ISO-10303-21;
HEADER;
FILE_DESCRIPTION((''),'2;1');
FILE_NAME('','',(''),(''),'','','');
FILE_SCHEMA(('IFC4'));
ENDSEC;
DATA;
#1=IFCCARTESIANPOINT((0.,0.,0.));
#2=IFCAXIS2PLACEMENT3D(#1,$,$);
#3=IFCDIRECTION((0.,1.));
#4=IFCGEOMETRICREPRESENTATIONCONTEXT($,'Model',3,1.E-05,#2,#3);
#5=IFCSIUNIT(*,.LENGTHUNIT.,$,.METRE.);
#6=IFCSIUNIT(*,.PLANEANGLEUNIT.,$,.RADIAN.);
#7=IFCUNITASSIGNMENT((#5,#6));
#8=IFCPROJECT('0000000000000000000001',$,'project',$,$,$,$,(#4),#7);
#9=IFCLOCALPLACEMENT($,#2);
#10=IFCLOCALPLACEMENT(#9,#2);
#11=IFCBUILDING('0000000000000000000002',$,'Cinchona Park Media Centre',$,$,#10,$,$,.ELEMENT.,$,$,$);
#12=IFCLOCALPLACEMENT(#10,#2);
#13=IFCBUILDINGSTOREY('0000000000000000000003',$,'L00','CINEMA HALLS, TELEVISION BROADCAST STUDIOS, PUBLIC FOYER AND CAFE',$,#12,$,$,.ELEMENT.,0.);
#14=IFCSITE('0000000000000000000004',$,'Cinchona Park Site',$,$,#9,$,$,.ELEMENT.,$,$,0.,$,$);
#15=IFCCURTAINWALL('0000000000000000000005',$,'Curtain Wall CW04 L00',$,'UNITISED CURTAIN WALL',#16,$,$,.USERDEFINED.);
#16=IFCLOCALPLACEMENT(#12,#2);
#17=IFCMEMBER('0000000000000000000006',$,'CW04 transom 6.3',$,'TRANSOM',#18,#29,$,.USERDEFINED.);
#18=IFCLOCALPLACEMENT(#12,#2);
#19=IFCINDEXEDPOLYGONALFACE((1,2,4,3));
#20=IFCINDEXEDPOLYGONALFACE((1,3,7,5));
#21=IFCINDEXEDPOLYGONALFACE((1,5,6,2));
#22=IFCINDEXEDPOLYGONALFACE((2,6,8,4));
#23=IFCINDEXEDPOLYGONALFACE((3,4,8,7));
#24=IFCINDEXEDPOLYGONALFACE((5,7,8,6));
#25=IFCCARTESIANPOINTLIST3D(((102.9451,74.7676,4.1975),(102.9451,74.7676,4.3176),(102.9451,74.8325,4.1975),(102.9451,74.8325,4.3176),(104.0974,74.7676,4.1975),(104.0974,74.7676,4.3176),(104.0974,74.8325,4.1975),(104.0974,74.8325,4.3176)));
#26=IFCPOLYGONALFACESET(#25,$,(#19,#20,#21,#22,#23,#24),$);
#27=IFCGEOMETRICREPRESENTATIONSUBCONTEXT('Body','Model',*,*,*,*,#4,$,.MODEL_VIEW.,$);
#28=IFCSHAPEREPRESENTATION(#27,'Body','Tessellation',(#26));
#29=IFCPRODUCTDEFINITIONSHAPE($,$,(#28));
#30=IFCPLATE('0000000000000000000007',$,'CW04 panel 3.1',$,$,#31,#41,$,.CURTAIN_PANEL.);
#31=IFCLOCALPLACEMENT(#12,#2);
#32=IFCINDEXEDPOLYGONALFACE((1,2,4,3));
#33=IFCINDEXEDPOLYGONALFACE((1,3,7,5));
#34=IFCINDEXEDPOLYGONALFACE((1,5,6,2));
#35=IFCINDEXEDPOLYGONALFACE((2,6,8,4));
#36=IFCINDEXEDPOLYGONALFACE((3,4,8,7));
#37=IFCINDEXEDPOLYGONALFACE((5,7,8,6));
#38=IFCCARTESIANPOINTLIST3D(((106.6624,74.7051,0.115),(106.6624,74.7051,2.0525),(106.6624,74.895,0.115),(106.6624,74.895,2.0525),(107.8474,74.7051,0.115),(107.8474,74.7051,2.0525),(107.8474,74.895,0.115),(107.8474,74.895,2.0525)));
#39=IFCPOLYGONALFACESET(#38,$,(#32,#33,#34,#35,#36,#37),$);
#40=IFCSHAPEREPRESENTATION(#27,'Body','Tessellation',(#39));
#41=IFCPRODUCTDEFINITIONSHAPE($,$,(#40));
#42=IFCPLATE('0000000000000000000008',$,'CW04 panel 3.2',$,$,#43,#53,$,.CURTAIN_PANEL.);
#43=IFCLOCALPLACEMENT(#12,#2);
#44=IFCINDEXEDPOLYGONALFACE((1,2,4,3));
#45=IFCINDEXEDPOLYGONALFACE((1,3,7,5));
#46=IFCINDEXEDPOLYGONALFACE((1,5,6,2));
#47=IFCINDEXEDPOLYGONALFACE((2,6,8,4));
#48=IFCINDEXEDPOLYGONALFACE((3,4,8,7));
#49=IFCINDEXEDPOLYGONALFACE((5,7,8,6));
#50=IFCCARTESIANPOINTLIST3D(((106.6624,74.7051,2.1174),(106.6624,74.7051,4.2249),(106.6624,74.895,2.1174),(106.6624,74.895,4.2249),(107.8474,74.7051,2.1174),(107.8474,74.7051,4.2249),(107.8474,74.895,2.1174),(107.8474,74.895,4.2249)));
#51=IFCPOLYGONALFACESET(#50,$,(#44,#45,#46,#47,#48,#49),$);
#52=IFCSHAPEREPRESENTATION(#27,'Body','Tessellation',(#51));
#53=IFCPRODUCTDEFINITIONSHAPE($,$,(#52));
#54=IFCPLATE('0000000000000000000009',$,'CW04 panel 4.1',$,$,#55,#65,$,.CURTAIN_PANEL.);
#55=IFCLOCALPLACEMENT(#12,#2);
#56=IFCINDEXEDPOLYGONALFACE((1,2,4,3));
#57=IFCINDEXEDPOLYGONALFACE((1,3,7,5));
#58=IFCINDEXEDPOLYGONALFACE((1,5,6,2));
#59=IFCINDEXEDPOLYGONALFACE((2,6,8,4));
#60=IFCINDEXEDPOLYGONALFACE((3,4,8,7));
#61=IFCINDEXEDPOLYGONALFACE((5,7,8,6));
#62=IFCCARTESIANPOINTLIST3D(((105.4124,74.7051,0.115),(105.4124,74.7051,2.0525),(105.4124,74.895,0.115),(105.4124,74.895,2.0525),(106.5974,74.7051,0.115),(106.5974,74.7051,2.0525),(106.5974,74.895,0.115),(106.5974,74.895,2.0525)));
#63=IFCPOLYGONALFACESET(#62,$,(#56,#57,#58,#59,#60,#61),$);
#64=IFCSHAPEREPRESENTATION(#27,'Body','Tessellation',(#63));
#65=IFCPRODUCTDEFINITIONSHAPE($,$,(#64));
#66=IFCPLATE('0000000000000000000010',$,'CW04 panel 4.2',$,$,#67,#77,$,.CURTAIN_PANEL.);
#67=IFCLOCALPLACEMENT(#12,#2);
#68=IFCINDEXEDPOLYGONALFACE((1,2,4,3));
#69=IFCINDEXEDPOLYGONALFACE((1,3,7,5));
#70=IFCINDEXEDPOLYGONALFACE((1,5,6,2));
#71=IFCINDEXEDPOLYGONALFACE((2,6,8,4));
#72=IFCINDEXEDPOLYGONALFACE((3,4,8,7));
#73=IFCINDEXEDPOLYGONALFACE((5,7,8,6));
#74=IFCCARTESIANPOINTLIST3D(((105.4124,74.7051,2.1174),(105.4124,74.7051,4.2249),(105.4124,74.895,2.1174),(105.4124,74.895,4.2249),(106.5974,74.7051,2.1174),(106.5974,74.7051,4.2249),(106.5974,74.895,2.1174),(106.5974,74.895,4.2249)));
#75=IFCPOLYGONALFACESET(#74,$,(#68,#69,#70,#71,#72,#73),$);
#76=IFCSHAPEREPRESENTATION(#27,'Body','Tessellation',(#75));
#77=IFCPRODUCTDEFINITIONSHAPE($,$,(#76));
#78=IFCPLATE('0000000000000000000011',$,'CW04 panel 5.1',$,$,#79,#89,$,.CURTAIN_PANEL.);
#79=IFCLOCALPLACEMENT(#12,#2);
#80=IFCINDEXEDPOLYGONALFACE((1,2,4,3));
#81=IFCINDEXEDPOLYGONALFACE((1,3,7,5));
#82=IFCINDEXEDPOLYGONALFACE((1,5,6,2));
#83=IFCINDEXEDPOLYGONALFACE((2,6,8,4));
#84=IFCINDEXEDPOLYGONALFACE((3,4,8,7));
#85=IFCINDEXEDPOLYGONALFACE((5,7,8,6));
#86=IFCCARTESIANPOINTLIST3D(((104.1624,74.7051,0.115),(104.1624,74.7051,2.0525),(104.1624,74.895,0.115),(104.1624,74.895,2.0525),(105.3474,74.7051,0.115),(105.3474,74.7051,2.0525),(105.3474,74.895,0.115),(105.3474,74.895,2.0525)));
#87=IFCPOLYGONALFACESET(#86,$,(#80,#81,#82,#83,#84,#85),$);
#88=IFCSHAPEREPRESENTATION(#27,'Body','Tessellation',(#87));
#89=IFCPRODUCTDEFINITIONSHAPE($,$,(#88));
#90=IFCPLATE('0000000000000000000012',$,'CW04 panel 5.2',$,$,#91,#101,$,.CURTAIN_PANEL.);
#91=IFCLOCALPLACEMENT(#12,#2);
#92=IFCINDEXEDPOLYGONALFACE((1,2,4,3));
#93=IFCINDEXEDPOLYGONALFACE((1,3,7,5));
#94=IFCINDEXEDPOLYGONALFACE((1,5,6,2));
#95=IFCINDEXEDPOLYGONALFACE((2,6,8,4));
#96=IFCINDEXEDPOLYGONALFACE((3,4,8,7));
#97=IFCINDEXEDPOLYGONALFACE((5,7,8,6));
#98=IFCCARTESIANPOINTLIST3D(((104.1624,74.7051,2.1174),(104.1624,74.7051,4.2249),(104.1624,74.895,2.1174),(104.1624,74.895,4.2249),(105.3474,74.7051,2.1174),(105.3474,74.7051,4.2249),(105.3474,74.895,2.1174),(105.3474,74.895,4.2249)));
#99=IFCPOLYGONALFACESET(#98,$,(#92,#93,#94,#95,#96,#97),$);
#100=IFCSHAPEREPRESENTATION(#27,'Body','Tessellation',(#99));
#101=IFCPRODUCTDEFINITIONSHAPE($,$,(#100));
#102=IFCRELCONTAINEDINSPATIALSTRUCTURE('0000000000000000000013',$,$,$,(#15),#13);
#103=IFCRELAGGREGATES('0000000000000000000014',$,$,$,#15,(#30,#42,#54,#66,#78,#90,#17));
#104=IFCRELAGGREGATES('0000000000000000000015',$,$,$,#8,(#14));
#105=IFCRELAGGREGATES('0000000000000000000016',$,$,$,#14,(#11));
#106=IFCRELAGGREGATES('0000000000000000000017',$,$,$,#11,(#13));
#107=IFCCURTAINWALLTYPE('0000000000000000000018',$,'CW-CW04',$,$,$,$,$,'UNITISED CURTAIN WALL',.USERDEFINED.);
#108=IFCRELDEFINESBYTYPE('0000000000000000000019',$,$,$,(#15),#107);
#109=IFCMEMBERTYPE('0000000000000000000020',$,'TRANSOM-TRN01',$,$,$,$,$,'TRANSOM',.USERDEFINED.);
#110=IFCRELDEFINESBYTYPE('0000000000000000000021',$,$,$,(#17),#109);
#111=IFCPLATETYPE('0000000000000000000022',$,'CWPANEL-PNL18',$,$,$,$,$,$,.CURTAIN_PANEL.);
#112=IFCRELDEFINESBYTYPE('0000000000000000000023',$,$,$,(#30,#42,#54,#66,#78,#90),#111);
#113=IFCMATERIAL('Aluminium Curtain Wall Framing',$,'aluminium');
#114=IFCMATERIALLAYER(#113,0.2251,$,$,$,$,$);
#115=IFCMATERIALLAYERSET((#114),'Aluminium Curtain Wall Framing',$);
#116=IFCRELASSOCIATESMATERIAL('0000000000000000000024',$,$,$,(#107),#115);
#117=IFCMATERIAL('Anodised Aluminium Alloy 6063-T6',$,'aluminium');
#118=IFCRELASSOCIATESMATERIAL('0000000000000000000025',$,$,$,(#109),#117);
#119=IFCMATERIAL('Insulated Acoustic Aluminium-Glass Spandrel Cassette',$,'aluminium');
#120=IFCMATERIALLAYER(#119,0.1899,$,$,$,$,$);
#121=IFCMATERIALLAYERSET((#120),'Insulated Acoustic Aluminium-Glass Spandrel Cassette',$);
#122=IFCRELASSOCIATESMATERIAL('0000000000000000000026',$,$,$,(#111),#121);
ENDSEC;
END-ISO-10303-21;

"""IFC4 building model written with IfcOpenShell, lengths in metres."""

from ifc_helpers import new_model, si_unit, direction, frame, origin, origin_2d, place, context, subcontext, project, spatial, rectangle, extrude, material, layer, layer_set, material_profile, profile_set, type_object, element, aggregate, save


model = new_model("IFC4")

# Units and contexts
model_context = context("Model", 3, precision=1e-05, world=origin(), true_north=direction((0.0, 1.0)))
body_context = subcontext(model_context, "Body", "Model", "MODEL_VIEW")
ifc_project = project(units=[si_unit("LENGTHUNIT", "METRE"), si_unit("PLANEANGLEUNIT", "RADIAN")], contexts=[model_context])

# Site, building, storey
site_placement = place(None, origin())
site = spatial("IfcSite", under=ifc_project, at=site_placement, Name="Cinchona Park Site", CompositionType="ELEMENT", RefElevation=0.0)
building_placement = place(site_placement, origin())
building = spatial("IfcBuilding", under=site, at=building_placement, Name="Cinchona Park Media Centre", CompositionType="ELEMENT")
storey_placement = place(building_placement, origin())
storey = spatial("IfcBuildingStorey", under=building, at=storey_placement, Name="L00", Description="CINEMA HALLS, TELEVISION BROADCAST STUDIOS, PUBLIC FOYER AND CAFE", CompositionType="ELEMENT", Elevation=0.0)

# Curtain wall, member, plates
ifc_material_1 = material(Name="Aluminium Curtain Wall Framing", Category="aluminium")
ifc_layer_1 = layer(ifc_material_1, 0.2251)
ifc_layer_set_1 = layer_set([ifc_layer_1], Name="Aluminium Curtain Wall Framing")
curtain_wall_type = type_object("IfcCurtainWallType", Name="CW-CW04", ElementType="UNITISED CURTAIN WALL", PredefinedType="USERDEFINED", material=ifc_layer_set_1)
curtain_wall_placement = place(storey_placement, origin())
curtain_wall = element("IfcCurtainWall", 1, at=curtain_wall_placement, inside=storey, type_object=curtain_wall_type, Name="Curtain Wall CW04 L00", ObjectType="UNITISED CURTAIN WALL", PredefinedType="USERDEFINED")
ifc_material_2 = material(Name="Anodised Aluminium Alloy 6063-T6", Category="aluminium")
ifc_material_profile_1 = material_profile(ifc_material_2, rectangle(XDim=0.0649, YDim=0.1201, at=origin_2d()), Name="TRN-65X120")
ifc_profile_set_1 = profile_set([ifc_material_profile_1], Name="Anodised Aluminium Alloy 6063-T6")
member_type_1 = type_object("IfcMemberType", Name="TRANSOM-TRN01", ElementType="TRANSOM", PredefinedType="USERDEFINED", material=ifc_profile_set_1)
member_1_placement = place(storey_placement, frame((104.0974, 74.8, 4.2576), z_axis=(-1.0, 0.0, 0.0), x_axis=(0.0, -1.0, 0.0)))
member_1 = element("IfcMember", 2, at=member_1_placement, type_object=member_type_1, Name="CW04 transom 6.3", ObjectType="TRANSOM", PredefinedType="USERDEFINED", context=body_context, shape_type="SweptSolid", body=[
    extrude(rectangle(XDim=0.0649, YDim=0.1201, at=origin_2d()), origin(), (0.0, 0.0, 1.0), 1.1523),
])
ifc_material_3 = material(Name="Insulated Acoustic Aluminium-Glass Spandrel Cassette", Category="aluminium")
ifc_layer_2 = layer(ifc_material_3, 0.1899)
ifc_layer_set_2 = layer_set([ifc_layer_2], Name="Insulated Acoustic Aluminium-Glass Spandrel Cassette")
plate_type = type_object("IfcPlateType", Name="CWPANEL-PNL18", PredefinedType="CURTAIN_PANEL", material=ifc_layer_set_2)
plate_1_placement = place(storey_placement, frame((107.2549, 74.8, 0.115), z_axis=(0.0, 0.0, 1.0), x_axis=(-1.0, 0.0, 0.0)))
plate_1 = element("IfcPlate", 3, at=plate_1_placement, type_object=plate_type, Name="CW04 panel 3.1", PredefinedType="CURTAIN_PANEL", context=body_context, shape_type="SweptSolid", body=[
    extrude(rectangle(XDim=1.1851, YDim=0.1899, at=origin_2d()), origin(), (0.0, 0.0, 1.0), 1.9375),
])
plate_2_placement = place(storey_placement, frame((107.2549, 74.8, 2.1174), z_axis=(0.0, 0.0, 1.0), x_axis=(-1.0, 0.0, 0.0)))
plate_2 = element("IfcPlate", 4, at=plate_2_placement, type_object=plate_type, Name="CW04 panel 3.2", PredefinedType="CURTAIN_PANEL", context=body_context, shape_type="SweptSolid", body=[
    extrude(rectangle(XDim=1.1851, YDim=0.1899, at=origin_2d()), origin(), (0.0, 0.0, 1.0), 2.1074),
])
plate_3_placement = place(storey_placement, frame((106.0049, 74.8, 0.115), z_axis=(0.0, 0.0, 1.0), x_axis=(-1.0, 0.0, 0.0)))
plate_3 = element("IfcPlate", 5, at=plate_3_placement, type_object=plate_type, Name="CW04 panel 4.1", PredefinedType="CURTAIN_PANEL", context=body_context, shape_type="SweptSolid", body=[
    extrude(rectangle(XDim=1.1851, YDim=0.1899, at=origin_2d()), origin(), (0.0, 0.0, 1.0), 1.9375),
])
plate_4_placement = place(storey_placement, frame((106.0049, 74.8, 2.1174), z_axis=(0.0, 0.0, 1.0), x_axis=(-1.0, 0.0, 0.0)))
plate_4 = element("IfcPlate", 6, at=plate_4_placement, type_object=plate_type, Name="CW04 panel 4.2", PredefinedType="CURTAIN_PANEL", context=body_context, shape_type="SweptSolid", body=[
    extrude(rectangle(XDim=1.1851, YDim=0.1899, at=origin_2d()), origin(), (0.0, 0.0, 1.0), 2.1074),
])
plate_5_placement = place(storey_placement, frame((104.7549, 74.8, 0.115), z_axis=(0.0, 0.0, 1.0), x_axis=(-1.0, 0.0, 0.0)))
plate_5 = element("IfcPlate", 7, at=plate_5_placement, type_object=plate_type, Name="CW04 panel 5.1", PredefinedType="CURTAIN_PANEL", context=body_context, shape_type="SweptSolid", body=[
    extrude(rectangle(XDim=1.1851, YDim=0.1899, at=origin_2d()), origin(), (0.0, 0.0, 1.0), 1.9375),
])
plate_6_placement = place(storey_placement, frame((104.7549, 74.8, 2.1174), z_axis=(0.0, 0.0, 1.0), x_axis=(-1.0, 0.0, 0.0)))
plate_6 = element("IfcPlate", 8, at=plate_6_placement, type_object=plate_type, Name="CW04 panel 5.2", PredefinedType="CURTAIN_PANEL", context=body_context, shape_type="SweptSolid", body=[
    extrude(rectangle(XDim=1.1851, YDim=0.1899, at=origin_2d()), origin(), (0.0, 0.0, 1.0), 2.1074),
])
aggregate(curtain_wall, [plate_1, plate_2, plate_3, plate_4, plate_5, plate_6, member_1])

save(model, "model.ifc")
